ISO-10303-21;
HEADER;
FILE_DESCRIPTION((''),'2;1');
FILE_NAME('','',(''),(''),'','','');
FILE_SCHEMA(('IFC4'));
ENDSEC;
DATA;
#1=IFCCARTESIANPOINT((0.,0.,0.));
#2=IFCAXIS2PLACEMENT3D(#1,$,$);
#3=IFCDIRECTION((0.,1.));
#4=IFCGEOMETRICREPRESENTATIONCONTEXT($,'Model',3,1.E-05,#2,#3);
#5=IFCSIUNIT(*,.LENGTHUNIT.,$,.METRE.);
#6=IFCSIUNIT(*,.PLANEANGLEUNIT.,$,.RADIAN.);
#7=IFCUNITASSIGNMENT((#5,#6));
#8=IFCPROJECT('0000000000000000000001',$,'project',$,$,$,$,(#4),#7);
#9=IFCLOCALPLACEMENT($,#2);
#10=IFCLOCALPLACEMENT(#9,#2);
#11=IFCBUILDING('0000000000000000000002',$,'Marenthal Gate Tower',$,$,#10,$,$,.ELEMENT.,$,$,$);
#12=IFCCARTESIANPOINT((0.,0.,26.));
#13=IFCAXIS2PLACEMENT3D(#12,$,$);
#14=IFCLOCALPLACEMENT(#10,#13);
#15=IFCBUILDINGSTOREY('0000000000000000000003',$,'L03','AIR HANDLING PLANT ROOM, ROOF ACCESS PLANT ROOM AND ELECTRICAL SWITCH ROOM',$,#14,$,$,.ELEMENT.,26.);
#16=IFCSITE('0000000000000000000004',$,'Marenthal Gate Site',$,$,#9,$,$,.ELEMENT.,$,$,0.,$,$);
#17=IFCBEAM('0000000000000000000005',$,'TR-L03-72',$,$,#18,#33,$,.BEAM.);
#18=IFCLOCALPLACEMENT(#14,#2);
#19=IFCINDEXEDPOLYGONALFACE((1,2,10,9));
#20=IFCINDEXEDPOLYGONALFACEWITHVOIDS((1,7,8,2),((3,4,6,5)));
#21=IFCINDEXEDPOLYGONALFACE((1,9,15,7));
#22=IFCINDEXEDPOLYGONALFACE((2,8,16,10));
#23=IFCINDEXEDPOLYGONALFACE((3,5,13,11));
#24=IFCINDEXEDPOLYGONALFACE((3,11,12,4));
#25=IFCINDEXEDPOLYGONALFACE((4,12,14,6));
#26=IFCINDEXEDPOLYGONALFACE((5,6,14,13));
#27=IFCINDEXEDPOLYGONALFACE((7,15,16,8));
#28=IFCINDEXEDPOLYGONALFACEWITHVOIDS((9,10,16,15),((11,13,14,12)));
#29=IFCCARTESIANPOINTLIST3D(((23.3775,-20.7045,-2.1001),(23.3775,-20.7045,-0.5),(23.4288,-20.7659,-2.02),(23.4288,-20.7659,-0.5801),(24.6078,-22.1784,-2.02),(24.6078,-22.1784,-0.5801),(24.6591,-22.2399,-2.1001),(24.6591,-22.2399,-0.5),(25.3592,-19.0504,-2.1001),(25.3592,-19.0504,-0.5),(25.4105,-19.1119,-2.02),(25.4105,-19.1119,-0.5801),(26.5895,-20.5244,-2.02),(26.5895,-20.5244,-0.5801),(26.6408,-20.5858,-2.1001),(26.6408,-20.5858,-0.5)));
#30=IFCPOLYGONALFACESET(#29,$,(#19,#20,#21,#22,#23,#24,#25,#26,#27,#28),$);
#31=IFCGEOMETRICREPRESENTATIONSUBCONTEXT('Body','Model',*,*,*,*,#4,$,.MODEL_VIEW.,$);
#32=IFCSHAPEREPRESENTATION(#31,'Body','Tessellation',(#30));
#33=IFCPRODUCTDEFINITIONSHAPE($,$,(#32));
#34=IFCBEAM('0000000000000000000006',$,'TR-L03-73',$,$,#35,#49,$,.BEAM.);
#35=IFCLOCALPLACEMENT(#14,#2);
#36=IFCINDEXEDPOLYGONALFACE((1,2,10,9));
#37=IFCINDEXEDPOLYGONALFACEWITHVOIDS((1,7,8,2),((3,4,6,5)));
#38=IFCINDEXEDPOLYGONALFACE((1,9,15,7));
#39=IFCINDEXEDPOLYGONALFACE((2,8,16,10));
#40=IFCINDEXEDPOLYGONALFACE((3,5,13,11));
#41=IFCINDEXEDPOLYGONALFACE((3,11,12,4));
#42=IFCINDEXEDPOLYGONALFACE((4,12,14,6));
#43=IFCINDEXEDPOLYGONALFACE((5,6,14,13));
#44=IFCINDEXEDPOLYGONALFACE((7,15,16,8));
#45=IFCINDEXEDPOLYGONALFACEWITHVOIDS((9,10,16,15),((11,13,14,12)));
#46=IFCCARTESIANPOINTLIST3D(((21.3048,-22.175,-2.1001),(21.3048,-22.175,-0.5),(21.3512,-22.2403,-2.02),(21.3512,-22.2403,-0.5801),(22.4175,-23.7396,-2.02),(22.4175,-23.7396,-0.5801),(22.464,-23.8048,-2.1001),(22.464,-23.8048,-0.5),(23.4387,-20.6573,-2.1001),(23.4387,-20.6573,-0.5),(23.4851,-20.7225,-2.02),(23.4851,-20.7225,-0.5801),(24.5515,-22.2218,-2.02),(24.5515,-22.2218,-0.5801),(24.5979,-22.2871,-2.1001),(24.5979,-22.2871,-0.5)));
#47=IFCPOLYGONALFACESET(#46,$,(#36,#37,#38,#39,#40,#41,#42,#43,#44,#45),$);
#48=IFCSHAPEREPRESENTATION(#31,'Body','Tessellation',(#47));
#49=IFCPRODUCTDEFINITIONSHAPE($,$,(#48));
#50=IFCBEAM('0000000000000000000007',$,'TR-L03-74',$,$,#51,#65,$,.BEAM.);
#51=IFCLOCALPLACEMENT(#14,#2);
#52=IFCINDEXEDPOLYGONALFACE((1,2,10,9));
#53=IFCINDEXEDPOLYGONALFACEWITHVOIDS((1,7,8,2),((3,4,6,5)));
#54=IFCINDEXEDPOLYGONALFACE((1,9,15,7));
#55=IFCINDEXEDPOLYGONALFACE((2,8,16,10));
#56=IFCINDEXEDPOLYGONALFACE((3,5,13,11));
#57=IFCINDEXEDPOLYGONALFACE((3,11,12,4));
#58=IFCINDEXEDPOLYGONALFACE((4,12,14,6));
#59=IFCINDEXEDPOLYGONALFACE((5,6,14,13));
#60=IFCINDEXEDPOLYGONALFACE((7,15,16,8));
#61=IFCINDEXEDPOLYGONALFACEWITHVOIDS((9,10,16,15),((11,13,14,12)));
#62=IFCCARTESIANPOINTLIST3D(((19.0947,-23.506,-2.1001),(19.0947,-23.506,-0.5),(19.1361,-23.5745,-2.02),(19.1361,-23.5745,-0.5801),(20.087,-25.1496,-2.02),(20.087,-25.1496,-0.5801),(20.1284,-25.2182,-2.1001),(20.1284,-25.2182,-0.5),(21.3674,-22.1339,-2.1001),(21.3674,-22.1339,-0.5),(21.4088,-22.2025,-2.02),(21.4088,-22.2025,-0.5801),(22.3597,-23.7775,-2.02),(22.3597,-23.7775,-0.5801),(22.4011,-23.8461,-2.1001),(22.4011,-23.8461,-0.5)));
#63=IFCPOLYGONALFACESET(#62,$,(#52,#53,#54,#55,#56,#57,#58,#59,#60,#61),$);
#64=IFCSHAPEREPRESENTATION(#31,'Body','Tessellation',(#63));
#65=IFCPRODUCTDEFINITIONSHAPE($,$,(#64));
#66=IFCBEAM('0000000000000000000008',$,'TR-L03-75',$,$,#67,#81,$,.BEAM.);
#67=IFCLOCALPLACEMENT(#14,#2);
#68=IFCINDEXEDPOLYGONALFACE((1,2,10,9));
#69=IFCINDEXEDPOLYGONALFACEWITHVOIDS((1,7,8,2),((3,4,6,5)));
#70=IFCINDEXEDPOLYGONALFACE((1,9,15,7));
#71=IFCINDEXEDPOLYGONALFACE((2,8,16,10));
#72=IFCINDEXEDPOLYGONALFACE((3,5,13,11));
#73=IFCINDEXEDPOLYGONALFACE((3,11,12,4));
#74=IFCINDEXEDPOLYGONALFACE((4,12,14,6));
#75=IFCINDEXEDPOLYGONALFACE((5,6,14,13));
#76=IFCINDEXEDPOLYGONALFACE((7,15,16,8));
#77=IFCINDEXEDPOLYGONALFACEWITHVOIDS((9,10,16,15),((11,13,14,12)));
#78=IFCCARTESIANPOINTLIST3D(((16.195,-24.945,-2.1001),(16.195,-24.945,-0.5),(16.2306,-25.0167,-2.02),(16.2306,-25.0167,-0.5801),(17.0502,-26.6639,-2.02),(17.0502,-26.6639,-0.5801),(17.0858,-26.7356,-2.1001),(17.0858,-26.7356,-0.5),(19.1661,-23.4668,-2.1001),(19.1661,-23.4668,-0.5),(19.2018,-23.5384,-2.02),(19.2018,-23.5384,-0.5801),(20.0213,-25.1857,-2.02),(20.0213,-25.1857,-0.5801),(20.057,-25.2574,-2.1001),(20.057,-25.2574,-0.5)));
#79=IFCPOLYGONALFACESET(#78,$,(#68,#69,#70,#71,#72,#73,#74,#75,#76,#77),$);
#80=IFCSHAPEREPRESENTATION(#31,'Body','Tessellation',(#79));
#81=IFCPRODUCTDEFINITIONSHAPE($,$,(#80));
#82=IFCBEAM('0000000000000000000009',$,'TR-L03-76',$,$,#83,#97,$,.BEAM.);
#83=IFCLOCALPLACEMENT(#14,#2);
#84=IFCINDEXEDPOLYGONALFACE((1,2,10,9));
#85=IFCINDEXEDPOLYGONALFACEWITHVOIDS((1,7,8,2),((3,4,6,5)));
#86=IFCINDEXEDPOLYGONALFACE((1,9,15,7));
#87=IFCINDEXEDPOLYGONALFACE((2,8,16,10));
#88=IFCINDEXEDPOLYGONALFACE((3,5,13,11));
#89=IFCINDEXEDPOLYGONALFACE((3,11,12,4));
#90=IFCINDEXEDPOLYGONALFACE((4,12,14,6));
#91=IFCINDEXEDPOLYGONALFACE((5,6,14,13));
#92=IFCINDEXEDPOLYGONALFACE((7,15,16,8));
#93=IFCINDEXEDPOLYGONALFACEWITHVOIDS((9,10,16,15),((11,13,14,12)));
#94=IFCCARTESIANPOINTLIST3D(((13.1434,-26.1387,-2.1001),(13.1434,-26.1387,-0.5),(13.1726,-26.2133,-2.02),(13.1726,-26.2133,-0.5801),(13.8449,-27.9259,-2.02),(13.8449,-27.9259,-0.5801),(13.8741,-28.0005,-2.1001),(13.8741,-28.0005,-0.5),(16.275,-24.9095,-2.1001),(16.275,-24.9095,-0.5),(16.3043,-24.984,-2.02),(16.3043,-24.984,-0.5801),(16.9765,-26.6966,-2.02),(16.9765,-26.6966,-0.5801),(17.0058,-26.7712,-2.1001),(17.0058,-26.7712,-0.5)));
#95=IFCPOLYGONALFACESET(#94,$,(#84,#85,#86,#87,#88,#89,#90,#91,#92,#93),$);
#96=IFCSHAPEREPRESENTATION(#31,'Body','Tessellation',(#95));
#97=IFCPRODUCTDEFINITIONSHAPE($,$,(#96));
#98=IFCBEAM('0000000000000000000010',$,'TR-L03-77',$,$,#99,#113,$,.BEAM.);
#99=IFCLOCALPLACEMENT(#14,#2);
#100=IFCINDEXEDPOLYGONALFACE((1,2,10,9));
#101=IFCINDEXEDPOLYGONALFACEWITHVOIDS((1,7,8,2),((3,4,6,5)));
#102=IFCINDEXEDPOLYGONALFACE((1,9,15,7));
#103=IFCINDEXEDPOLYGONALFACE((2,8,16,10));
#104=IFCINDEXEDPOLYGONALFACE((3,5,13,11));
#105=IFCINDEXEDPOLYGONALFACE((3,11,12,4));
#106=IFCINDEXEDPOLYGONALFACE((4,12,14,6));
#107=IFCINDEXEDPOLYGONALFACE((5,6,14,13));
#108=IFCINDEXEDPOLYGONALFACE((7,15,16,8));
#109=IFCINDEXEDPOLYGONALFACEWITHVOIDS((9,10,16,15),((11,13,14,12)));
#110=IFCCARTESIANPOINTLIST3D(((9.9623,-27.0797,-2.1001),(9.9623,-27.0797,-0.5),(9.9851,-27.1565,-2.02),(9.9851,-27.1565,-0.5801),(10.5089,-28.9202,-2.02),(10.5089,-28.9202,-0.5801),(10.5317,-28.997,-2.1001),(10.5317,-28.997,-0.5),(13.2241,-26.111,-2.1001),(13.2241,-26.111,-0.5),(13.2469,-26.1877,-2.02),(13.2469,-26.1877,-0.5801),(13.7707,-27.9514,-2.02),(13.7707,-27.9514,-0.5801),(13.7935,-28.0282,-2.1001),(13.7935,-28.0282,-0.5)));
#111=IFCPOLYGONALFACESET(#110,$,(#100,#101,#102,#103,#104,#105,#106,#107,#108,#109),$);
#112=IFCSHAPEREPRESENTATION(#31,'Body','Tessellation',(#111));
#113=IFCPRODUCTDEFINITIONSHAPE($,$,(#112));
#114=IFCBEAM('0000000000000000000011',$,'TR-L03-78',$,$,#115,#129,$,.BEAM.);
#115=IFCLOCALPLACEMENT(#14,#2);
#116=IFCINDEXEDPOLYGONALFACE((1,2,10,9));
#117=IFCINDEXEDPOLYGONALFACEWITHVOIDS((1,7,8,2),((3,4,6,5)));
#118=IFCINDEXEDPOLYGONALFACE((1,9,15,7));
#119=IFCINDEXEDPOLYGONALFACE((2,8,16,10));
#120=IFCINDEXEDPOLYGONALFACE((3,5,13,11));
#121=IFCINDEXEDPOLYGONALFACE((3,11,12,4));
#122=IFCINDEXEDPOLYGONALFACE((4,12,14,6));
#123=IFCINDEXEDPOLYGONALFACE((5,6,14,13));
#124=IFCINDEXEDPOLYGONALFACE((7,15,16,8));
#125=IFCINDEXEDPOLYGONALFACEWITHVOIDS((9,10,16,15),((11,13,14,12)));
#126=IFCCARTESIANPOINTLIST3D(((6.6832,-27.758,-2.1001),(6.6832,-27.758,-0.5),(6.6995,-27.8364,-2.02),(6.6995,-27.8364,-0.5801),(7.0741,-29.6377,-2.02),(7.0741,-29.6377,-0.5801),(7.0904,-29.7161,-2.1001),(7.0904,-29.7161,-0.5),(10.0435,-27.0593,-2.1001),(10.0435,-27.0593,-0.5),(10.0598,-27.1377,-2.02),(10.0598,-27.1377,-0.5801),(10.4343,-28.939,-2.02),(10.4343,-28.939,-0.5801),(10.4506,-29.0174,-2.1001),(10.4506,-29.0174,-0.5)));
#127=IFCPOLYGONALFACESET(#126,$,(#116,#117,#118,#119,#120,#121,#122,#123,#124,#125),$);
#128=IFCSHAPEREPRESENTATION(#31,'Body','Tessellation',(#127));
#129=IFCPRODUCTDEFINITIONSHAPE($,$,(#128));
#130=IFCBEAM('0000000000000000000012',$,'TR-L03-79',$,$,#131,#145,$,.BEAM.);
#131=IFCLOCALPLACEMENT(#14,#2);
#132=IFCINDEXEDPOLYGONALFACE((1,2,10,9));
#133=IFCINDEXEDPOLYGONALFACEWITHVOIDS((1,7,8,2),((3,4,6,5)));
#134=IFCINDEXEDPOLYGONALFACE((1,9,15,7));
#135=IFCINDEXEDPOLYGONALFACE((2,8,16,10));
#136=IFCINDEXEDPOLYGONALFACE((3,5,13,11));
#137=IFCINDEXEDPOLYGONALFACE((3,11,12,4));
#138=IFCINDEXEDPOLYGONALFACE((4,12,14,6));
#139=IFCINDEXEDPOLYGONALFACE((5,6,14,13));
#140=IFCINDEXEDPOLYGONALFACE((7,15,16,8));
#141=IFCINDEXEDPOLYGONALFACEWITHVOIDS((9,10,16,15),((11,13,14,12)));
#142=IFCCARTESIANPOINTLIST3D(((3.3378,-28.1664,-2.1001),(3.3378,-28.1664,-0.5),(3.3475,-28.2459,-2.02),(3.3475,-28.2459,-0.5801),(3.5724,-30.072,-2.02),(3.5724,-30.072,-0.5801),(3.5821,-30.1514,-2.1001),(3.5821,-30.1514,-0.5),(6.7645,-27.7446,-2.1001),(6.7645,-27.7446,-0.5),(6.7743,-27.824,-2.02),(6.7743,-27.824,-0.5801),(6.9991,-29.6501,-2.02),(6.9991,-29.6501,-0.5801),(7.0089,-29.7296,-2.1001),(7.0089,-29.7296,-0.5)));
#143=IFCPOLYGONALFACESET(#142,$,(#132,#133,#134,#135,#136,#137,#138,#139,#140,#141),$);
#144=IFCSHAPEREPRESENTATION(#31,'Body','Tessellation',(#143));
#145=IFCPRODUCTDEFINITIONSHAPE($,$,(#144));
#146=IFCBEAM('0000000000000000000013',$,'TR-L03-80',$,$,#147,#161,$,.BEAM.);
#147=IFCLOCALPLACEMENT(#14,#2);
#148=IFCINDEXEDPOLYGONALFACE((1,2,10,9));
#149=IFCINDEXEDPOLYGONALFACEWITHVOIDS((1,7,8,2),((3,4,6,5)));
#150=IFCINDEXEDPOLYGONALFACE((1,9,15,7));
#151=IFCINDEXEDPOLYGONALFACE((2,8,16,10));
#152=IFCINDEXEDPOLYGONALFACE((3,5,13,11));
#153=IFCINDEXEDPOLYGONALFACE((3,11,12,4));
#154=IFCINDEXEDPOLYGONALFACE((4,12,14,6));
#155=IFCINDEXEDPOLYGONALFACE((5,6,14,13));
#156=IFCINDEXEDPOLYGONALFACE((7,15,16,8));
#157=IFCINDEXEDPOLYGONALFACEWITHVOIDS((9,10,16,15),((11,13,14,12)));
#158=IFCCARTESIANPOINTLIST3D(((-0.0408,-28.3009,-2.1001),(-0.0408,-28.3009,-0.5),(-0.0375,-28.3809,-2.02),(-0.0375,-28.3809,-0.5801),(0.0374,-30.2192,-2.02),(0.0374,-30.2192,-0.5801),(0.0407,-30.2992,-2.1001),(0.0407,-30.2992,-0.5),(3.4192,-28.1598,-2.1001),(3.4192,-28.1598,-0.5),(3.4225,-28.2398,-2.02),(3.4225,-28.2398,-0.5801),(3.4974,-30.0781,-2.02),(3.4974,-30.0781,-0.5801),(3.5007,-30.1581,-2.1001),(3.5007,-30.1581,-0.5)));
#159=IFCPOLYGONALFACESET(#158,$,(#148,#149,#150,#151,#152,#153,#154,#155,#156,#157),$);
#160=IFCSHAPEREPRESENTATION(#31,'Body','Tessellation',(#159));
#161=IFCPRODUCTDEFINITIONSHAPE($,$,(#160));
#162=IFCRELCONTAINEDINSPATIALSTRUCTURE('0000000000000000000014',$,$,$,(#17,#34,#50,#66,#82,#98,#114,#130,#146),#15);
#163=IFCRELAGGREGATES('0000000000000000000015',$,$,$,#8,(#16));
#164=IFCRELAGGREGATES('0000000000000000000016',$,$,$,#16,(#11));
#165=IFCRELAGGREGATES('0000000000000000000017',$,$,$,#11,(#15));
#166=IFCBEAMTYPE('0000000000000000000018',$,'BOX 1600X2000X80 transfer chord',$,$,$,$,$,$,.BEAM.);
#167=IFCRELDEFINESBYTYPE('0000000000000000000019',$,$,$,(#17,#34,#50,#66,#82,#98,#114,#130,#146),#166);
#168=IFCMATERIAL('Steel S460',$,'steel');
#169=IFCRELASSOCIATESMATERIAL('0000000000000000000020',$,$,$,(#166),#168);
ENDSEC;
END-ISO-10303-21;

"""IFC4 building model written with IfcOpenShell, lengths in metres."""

from ifc_helpers import new_model, si_unit, direction, frame, origin, origin_2d, place, context, subcontext, project, spatial, hollow_rectangle, extrude, material, material_profile, profile_set, type_object, element, save


model = new_model("IFC4")

# Units and contexts
model_context = context("Model", 3, precision=1e-05, world=origin(), true_north=direction((0.0, 1.0)))
body_context = subcontext(model_context, "Body", "Model", "MODEL_VIEW")
ifc_project = project(units=[si_unit("LENGTHUNIT", "METRE"), si_unit("PLANEANGLEUNIT", "RADIAN")], contexts=[model_context])

# Site, building, storey
site_placement = place(None, origin())
site = spatial("IfcSite", under=ifc_project, at=site_placement, Name="Marenthal Gate Site", CompositionType="ELEMENT", RefElevation=0.0)
building_placement = place(site_placement, origin())
building = spatial("IfcBuilding", under=site, at=building_placement, Name="Marenthal Gate Tower", CompositionType="ELEMENT")
storey_placement = place(building_placement, frame((0.0, 0.0, 26.0)))
storey = spatial("IfcBuildingStorey", under=building, at=storey_placement, Name="L03", Description="AIR HANDLING PLANT ROOM, ROOF ACCESS PLANT ROOM AND ELECTRICAL SWITCH ROOM", CompositionType="ELEMENT", Elevation=26.0)

# Beams
ifc_material_1 = material(Name="Steel S460", Category="steel")
ifc_material_profile_1 = material_profile(ifc_material_1, hollow_rectangle(XDim=2.0, YDim=1.6001, WallThickness=0.0801, at=origin_2d()), Name="BOX 1600X2000X80")
ifc_profile_set_1 = profile_set([ifc_material_profile_1], Name="Steel S460")
beam_type_1 = type_object("IfcBeamType", Name="BOX 1600X2000X80 transfer chord", PredefinedType="BEAM", material=ifc_profile_set_1)
beam_1_placement = place(storey_placement, frame((26.0, -19.8181, -1.3), z_axis=(-0.767717, -0.640789, 0.0), x_axis=(0.640789, -0.767717, 0.0)))
element("IfcBeam", 1, at=beam_1_placement, inside=storey, type_object=beam_type_1, Name="TR-L03-72", PredefinedType="BEAM", context=body_context, shape_type="SweptSolid", body=[
    extrude(hollow_rectangle(XDim=2.0, YDim=1.6001, WallThickness=0.0801, at=origin_2d()), origin(), (0.0, 0.0, 1.0), 2.5813),
])
beam_2_placement = place(storey_placement, frame((24.0183, -21.4722, -1.3), z_axis=(-0.814903, -0.579597, 0.0), x_axis=(0.579597, -0.814903, 0.0)))
element("IfcBeam", 2, at=beam_2_placement, inside=storey, type_object=beam_type_1, Name="TR-L03-73", PredefinedType="BEAM", context=body_context, shape_type="SweptSolid", body=[
    extrude(hollow_rectangle(XDim=2.0, YDim=1.6001, WallThickness=0.0801, at=origin_2d()), origin(), (0.0, 0.0, 1.0), 2.6187),
])
beam_3_placement = place(storey_placement, frame((21.8843, -22.99, -1.3), z_axis=(-0.856086, -0.516833, 0.0), x_axis=(0.516833, -0.856086, 0.0)))
element("IfcBeam", 3, at=beam_3_placement, inside=storey, type_object=beam_type_1, Name="TR-L03-74", PredefinedType="BEAM", context=body_context, shape_type="SweptSolid", body=[
    extrude(hollow_rectangle(XDim=2.0, YDim=1.6001, WallThickness=0.0801, at=origin_2d()), origin(), (0.0, 0.0, 1.0), 2.6548),
])
beam_4_placement = place(storey_placement, frame((19.6116, -24.3621, -1.3), z_axis=(-0.895308, -0.445447, 0.0), x_axis=(0.445447, -0.895308, 0.0)))
element("IfcBeam", 4, at=beam_4_placement, inside=storey, type_object=beam_type_1, Name="TR-L03-75", PredefinedType="BEAM", context=body_context, shape_type="SweptSolid", body=[
    extrude(hollow_rectangle(XDim=2.0, YDim=1.6001, WallThickness=0.0801, at=origin_2d()), origin(), (0.0, 0.0, 1.0), 3.3186),
])
beam_5_placement = place(storey_placement, frame((16.6404, -25.8403, -1.3), z_axis=(-0.930855, -0.36539, 0.0), x_axis=(0.36539, -0.930855, 0.0)))
element("IfcBeam", 5, at=beam_5_placement, inside=storey, type_object=beam_type_1, Name="TR-L03-76", PredefinedType="BEAM", context=body_context, shape_type="SweptSolid", body=[
    extrude(hollow_rectangle(XDim=2.0, YDim=1.6001, WallThickness=0.0801, at=origin_2d()), origin(), (0.0, 0.0, 1.0), 3.3643),
])
beam_6_placement = place(storey_placement, frame((13.5088, -27.0696, -1.3), z_axis=(-0.958613, -0.284714, 0.0), x_axis=(0.284714, -0.958613, 0.0)))
element("IfcBeam", 6, at=beam_6_placement, inside=storey, type_object=beam_type_1, Name="TR-L03-77", PredefinedType="BEAM", context=body_context, shape_type="SweptSolid", body=[
    extrude(hollow_rectangle(XDim=2.0, YDim=1.6001, WallThickness=0.0801, at=origin_2d()), origin(), (0.0, 0.0, 1.0), 3.4026),
])
beam_7_placement = place(storey_placement, frame((10.2471, -28.0383, -1.3), z_axis=(-0.979058, -0.203579, 0.0), x_axis=(0.203579, -0.979058, 0.0)))
element("IfcBeam", 7, at=beam_7_placement, inside=storey, type_object=beam_type_1, Name="TR-L03-78", PredefinedType="BEAM", context=body_context, shape_type="SweptSolid", body=[
    extrude(hollow_rectangle(XDim=2.0, YDim=1.6001, WallThickness=0.0801, at=origin_2d()), origin(), (0.0, 0.0, 1.0), 3.4321),
])
beam_8_placement = place(storey_placement, frame((6.8867, -28.7371, -1.3), z_axis=(-0.992507, -0.122189, 0.0), x_axis=(0.122189, -0.992507, 0.0)))
element("IfcBeam", 8, at=beam_8_placement, inside=storey, type_object=beam_type_1, Name="TR-L03-79", PredefinedType="BEAM", context=body_context, shape_type="SweptSolid", body=[
    extrude(hollow_rectangle(XDim=2.0, YDim=1.6001, WallThickness=0.0801, at=origin_2d()), origin(), (0.0, 0.0, 1.0), 3.4526),
])
beam_9_placement = place(storey_placement, frame((3.46, -29.1589, -1.3), z_axis=(-0.999169, -0.040751, 0.0), x_axis=(0.040751, -0.999169, 0.0)))
element("IfcBeam", 9, at=beam_9_placement, inside=storey, type_object=beam_type_1, Name="TR-L03-80", PredefinedType="BEAM", context=body_context, shape_type="SweptSolid", body=[
    extrude(hollow_rectangle(XDim=2.0, YDim=1.6001, WallThickness=0.0801, at=origin_2d()), origin(), (0.0, 0.0, 1.0), 3.4629),
])

save(model, "model.ifc")
